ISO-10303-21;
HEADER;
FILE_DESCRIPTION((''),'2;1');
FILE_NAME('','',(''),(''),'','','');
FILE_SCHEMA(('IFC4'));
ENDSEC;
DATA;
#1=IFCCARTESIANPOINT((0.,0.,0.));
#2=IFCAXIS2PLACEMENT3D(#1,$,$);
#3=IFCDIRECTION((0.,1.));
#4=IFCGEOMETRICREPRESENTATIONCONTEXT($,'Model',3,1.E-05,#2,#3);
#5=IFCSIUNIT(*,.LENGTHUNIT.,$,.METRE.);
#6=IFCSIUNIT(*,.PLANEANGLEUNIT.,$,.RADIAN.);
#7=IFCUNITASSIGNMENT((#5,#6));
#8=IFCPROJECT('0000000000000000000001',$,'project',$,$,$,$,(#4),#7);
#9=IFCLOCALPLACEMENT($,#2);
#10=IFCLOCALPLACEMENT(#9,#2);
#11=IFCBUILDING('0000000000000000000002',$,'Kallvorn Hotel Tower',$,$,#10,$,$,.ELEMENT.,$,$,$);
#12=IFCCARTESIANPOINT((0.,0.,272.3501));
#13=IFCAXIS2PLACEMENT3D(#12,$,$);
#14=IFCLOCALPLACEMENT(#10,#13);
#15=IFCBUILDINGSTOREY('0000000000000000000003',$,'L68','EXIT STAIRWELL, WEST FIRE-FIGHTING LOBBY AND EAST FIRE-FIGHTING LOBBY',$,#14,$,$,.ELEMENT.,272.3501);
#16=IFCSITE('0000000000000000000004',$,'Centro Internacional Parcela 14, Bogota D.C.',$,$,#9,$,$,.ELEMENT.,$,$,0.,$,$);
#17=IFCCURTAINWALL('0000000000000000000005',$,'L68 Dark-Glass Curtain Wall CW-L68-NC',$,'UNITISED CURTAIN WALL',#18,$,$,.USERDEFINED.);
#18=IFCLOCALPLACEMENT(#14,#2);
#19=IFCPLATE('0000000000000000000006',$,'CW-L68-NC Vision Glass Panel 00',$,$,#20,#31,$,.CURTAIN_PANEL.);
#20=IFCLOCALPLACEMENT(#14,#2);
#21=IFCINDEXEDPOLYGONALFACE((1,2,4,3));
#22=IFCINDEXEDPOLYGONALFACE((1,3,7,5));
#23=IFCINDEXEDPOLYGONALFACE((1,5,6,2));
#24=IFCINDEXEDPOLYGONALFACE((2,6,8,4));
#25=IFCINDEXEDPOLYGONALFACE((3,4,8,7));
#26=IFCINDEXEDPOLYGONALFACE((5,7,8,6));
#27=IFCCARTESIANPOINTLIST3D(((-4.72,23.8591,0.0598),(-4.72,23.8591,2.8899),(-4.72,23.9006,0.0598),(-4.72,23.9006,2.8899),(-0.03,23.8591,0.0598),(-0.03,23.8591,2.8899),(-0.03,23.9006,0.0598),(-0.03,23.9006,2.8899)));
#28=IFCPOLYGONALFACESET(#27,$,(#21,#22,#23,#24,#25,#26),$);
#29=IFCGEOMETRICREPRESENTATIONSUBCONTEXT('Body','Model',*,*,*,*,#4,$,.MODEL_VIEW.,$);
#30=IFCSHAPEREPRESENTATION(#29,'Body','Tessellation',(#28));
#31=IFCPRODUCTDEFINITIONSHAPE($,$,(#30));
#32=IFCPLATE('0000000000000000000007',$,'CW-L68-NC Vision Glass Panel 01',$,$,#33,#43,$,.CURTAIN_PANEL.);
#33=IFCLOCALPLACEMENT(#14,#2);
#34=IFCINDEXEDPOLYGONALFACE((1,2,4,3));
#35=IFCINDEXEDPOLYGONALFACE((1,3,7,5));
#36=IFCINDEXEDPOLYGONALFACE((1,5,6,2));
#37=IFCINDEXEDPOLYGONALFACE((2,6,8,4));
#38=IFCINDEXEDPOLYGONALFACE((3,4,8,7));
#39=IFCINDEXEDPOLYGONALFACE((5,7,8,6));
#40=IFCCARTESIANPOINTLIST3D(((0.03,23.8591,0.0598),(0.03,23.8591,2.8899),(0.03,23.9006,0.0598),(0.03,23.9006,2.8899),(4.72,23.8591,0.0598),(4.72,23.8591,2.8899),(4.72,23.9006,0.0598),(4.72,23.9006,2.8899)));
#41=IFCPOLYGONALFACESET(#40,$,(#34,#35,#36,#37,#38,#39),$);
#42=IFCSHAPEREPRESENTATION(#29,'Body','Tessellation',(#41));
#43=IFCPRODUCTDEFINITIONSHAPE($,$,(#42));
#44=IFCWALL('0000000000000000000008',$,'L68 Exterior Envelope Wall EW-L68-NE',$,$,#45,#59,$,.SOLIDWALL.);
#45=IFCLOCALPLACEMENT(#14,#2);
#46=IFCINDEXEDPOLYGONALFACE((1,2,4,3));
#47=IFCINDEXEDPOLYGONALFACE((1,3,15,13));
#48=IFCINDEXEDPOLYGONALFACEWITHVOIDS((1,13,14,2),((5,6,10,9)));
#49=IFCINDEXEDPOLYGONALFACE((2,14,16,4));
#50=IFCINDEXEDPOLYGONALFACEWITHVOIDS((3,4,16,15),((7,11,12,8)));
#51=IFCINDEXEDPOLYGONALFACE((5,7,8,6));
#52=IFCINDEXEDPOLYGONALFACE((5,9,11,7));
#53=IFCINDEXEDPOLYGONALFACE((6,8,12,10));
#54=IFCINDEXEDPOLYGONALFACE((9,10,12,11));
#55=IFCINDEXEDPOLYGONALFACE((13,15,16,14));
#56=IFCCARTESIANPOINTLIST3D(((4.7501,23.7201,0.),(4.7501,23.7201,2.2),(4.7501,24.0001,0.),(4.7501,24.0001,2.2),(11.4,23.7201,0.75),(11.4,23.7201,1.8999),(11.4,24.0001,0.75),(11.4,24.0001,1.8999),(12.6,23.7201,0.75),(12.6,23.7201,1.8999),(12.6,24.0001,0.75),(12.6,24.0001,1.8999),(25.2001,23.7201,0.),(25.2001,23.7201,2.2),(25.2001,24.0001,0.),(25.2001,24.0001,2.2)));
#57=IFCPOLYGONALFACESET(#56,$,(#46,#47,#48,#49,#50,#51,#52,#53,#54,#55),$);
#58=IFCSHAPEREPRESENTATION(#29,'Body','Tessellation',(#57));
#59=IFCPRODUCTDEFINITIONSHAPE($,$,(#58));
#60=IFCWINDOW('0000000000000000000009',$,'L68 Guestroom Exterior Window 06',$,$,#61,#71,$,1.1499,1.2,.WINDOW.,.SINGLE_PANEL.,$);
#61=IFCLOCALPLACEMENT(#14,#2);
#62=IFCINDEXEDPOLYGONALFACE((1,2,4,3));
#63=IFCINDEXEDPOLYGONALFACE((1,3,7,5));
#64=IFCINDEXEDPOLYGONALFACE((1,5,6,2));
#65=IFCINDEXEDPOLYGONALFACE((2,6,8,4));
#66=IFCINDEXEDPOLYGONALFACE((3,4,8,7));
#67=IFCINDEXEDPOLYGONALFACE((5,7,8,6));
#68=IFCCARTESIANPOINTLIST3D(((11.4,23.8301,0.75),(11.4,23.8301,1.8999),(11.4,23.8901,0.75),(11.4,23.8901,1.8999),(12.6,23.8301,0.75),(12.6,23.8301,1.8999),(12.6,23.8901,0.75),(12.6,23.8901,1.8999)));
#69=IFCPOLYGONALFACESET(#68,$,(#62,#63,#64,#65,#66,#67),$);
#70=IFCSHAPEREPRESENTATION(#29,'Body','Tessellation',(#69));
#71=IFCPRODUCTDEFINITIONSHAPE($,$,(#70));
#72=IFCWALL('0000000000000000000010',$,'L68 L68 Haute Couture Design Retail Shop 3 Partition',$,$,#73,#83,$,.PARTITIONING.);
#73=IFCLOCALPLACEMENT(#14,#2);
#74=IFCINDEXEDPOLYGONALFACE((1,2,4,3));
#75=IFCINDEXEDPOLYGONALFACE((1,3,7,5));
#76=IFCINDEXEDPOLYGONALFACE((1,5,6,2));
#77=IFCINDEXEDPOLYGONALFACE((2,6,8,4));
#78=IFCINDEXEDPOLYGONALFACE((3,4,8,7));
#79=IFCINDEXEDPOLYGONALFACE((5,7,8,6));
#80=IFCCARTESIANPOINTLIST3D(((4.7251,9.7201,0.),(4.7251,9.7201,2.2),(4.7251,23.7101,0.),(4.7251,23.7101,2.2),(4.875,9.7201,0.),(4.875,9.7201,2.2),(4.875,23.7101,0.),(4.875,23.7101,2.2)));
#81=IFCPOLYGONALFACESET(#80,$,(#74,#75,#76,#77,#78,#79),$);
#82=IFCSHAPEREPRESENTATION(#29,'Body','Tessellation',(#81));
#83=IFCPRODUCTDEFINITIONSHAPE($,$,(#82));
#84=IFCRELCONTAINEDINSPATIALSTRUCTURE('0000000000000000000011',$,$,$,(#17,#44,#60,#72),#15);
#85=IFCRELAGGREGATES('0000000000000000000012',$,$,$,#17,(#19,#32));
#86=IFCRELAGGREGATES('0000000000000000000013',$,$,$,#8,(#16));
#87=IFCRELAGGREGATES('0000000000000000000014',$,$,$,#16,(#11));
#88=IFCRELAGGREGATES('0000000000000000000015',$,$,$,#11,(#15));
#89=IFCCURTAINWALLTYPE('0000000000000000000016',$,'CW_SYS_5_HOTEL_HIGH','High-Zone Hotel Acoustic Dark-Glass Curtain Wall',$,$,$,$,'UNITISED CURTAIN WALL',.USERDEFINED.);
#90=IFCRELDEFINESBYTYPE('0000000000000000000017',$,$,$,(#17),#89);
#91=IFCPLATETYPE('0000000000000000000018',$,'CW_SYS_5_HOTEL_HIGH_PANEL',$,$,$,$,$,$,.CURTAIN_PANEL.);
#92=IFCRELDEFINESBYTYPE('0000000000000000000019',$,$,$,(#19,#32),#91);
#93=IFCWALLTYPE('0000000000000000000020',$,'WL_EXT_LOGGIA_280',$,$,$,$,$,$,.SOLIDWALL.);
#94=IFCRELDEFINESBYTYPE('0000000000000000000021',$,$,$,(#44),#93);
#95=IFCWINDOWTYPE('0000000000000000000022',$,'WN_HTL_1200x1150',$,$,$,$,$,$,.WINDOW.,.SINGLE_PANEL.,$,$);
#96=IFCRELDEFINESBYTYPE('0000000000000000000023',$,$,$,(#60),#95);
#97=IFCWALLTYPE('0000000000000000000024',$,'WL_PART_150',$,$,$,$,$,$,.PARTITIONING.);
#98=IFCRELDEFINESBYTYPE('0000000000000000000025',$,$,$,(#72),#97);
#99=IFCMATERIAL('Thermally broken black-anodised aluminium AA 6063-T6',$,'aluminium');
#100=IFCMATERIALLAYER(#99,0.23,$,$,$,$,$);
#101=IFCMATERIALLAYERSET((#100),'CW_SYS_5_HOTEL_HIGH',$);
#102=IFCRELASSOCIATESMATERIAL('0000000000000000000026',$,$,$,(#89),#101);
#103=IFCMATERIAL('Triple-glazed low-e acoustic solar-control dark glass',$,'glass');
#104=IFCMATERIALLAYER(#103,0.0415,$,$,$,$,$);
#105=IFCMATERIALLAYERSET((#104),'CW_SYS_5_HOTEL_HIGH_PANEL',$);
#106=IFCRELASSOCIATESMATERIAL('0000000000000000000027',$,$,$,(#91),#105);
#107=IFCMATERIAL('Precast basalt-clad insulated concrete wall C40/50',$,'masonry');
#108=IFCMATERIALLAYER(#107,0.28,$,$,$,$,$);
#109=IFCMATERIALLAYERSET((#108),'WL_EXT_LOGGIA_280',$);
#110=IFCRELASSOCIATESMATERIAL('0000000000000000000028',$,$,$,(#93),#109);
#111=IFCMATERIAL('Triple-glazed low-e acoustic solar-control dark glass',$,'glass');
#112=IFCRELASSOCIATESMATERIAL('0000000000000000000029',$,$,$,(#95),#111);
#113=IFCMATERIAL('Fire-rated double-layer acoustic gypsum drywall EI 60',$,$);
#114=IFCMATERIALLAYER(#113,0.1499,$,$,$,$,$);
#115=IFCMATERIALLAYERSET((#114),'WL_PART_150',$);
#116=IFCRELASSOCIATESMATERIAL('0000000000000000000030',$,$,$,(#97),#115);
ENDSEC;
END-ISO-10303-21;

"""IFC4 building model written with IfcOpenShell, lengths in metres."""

from ifc_helpers import new_model, si_unit, direction, frame, frame_2d, origin, origin_2d, place, context, subcontext, project, spatial, rectangle, extrude, material, layer, layer_set, type_object, element, fill, aggregate, save


model = new_model("IFC4")

# Units and contexts
model_context = context("Model", 3, precision=1e-05, world=origin(), true_north=direction((0.0, 1.0)))
body_context = subcontext(model_context, "Body", "Model", "MODEL_VIEW")
ifc_project = project(units=[si_unit("LENGTHUNIT", "METRE"), si_unit("PLANEANGLEUNIT", "RADIAN")], contexts=[model_context])

# Site, building, storey
site_placement = place(None, origin())
site = spatial("IfcSite", under=ifc_project, at=site_placement, Name="Centro Internacional Parcela 14, Bogota D.C.", CompositionType="ELEMENT", RefElevation=0.0)
building_placement = place(site_placement, origin())
building = spatial("IfcBuilding", under=site, at=building_placement, Name="Kallvorn Hotel Tower", CompositionType="ELEMENT")
storey_placement = place(building_placement, frame((0.0, 0.0, 272.3501)))
storey = spatial("IfcBuildingStorey", under=building, at=storey_placement, Name="L68", Description="EXIT STAIRWELL, WEST FIRE-FIGHTING LOBBY AND EAST FIRE-FIGHTING LOBBY", CompositionType="ELEMENT", Elevation=272.3501)

# Curtain wall, plates
ifc_material_1 = material(Name="Thermally broken black-anodised aluminium AA 6063-T6", Category="aluminium")
ifc_layer_1 = layer(ifc_material_1, 0.23)
ifc_layer_set_1 = layer_set([ifc_layer_1], Name="CW_SYS_5_HOTEL_HIGH")
curtain_wall_type = type_object("IfcCurtainWallType", Name="CW_SYS_5_HOTEL_HIGH", Description="High-Zone Hotel Acoustic Dark-Glass Curtain Wall", ElementType="UNITISED CURTAIN WALL", PredefinedType="USERDEFINED", material=ifc_layer_set_1)
curtain_wall_placement = place(storey_placement, origin())
curtain_wall = element("IfcCurtainWall", 1, at=curtain_wall_placement, inside=storey, type_object=curtain_wall_type, Name="L68 Dark-Glass Curtain Wall CW-L68-NC", ObjectType="UNITISED CURTAIN WALL", PredefinedType="USERDEFINED")
ifc_material_2 = material(Name="Triple-glazed low-e acoustic solar-control dark glass", Category="glass")
ifc_layer_2 = layer(ifc_material_2, 0.0415)
ifc_layer_set_2 = layer_set([ifc_layer_2], Name="CW_SYS_5_HOTEL_HIGH_PANEL")
plate_type = type_object("IfcPlateType", Name="CW_SYS_5_HOTEL_HIGH_PANEL", PredefinedType="CURTAIN_PANEL", material=ifc_layer_set_2)
plate_1_placement = place(storey_placement, frame((-2.375, 23.8799, 0.0598), z_axis=(0.0, 0.0, 1.0), x_axis=(1.0, 0.0, 0.0)))
plate_1 = element("IfcPlate", 2, at=plate_1_placement, type_object=plate_type, Name="CW-L68-NC Vision Glass Panel 00", PredefinedType="CURTAIN_PANEL", context=body_context, shape_type="SweptSolid", body=[
    extrude(rectangle(XDim=4.6899, YDim=0.0415, at=origin_2d()), origin(), (0.0, 0.0, 1.0), 2.8301),
])
plate_2_placement = place(storey_placement, frame((2.375, 23.8799, 0.0598), z_axis=(0.0, 0.0, 1.0), x_axis=(1.0, 0.0, 0.0)))
plate_2 = element("IfcPlate", 3, at=plate_2_placement, type_object=plate_type, Name="CW-L68-NC Vision Glass Panel 01", PredefinedType="CURTAIN_PANEL", context=body_context, shape_type="SweptSolid", body=[
    extrude(rectangle(XDim=4.6899, YDim=0.0415, at=origin_2d()), origin(), (0.0, 0.0, 1.0), 2.8301),
])
aggregate(curtain_wall, [plate_1, plate_2])

# Wall, opening, window
ifc_material_3 = material(Name="Precast basalt-clad insulated concrete wall C40/50", Category="masonry")
ifc_layer_3 = layer(ifc_material_3, 0.28)
ifc_layer_set_3 = layer_set([ifc_layer_3], Name="WL_EXT_LOGGIA_280")
wall_type_1 = type_object("IfcWallType", Name="WL_EXT_LOGGIA_280", PredefinedType="SOLIDWALL", material=ifc_layer_set_3)
wall_1_placement = place(storey_placement, frame((4.75, 23.8601, 0.0), z_axis=(0.0, 0.0, 1.0), x_axis=(1.0, 0.0, 0.0)))
wall_1 = element("IfcWall", 4, at=wall_1_placement, inside=storey, type_object=wall_type_1, Name="L68 Exterior Envelope Wall EW-L68-NE", PredefinedType="SOLIDWALL", context=body_context, shape_type="SweptSolid", body=[
    extrude(rectangle(XDim=20.45, YDim=0.28, at=frame_2d((10.2251, 0.0))), origin(), (0.0, 0.0, 1.0), 2.2),
])
opening_placement = place(wall_1_placement, frame((6.6499, 0.0, 0.75)))
opening = element("IfcOpeningElement", 5, at=opening_placement, cuts=wall_1, PredefinedType="OPENING", context=body_context, shape_type="SweptSolid", body=[
    extrude(rectangle(XDim=1.2, YDim=1.1499, at=frame_2d((0.6001, 0.575))), frame((0.0, 0.155, 0.0), z_axis=(0.0, -1.0, 0.0), x_axis=(1.0, 0.0, 0.0)), (0.0, 0.0, 1.0), 0.3101),
])
ifc_material_4 = material(Name="Triple-glazed low-e acoustic solar-control dark glass", Category="glass")
window_type = type_object("IfcWindowType", Name="WN_HTL_1200x1150", PartitioningType="SINGLE_PANEL", PredefinedType="WINDOW", material=ifc_material_4)
window_placement = place(opening_placement, origin())
window = element("IfcWindow", 6, at=window_placement, inside=storey, type_object=window_type, Name="L68 Guestroom Exterior Window 06", OverallHeight=1.1499, OverallWidth=1.2, PartitioningType="SINGLE_PANEL", PredefinedType="WINDOW", context=body_context, shape_type="SweptSolid", body=[
    extrude(rectangle(XDim=1.2, YDim=1.1499, at=frame_2d((0.6001, 0.575))), frame((0.0, 0.03, 0.0), z_axis=(0.0, -1.0, 0.0), x_axis=(1.0, 0.0, 0.0)), (0.0, 0.0, 1.0), 0.0601),
])
fill(opening, window)

# Wall
ifc_material_5 = material(Name="Fire-rated double-layer acoustic gypsum drywall EI 60")
ifc_layer_4 = layer(ifc_material_5, 0.1499)
ifc_layer_set_4 = layer_set([ifc_layer_4], Name="WL_PART_150")
wall_type_2 = type_object("IfcWallType", Name="WL_PART_150", PredefinedType="PARTITIONING", material=ifc_layer_set_4)
wall_2_placement = place(storey_placement, frame((4.8, 9.72, 0.0), z_axis=(0.0, 0.0, 1.0), x_axis=(0.0, 1.0, 0.0)))
element("IfcWall", 7, at=wall_2_placement, inside=storey, type_object=wall_type_2, Name="L68 L68 Haute Couture Design Retail Shop 3 Partition", PredefinedType="PARTITIONING", context=body_context, shape_type="SweptSolid", body=[
    extrude(rectangle(XDim=13.99, YDim=0.1499, at=frame_2d((6.9951, 0.0))), origin(), (0.0, 0.0, 1.0), 2.2),
])

save(model, "model.ifc")
